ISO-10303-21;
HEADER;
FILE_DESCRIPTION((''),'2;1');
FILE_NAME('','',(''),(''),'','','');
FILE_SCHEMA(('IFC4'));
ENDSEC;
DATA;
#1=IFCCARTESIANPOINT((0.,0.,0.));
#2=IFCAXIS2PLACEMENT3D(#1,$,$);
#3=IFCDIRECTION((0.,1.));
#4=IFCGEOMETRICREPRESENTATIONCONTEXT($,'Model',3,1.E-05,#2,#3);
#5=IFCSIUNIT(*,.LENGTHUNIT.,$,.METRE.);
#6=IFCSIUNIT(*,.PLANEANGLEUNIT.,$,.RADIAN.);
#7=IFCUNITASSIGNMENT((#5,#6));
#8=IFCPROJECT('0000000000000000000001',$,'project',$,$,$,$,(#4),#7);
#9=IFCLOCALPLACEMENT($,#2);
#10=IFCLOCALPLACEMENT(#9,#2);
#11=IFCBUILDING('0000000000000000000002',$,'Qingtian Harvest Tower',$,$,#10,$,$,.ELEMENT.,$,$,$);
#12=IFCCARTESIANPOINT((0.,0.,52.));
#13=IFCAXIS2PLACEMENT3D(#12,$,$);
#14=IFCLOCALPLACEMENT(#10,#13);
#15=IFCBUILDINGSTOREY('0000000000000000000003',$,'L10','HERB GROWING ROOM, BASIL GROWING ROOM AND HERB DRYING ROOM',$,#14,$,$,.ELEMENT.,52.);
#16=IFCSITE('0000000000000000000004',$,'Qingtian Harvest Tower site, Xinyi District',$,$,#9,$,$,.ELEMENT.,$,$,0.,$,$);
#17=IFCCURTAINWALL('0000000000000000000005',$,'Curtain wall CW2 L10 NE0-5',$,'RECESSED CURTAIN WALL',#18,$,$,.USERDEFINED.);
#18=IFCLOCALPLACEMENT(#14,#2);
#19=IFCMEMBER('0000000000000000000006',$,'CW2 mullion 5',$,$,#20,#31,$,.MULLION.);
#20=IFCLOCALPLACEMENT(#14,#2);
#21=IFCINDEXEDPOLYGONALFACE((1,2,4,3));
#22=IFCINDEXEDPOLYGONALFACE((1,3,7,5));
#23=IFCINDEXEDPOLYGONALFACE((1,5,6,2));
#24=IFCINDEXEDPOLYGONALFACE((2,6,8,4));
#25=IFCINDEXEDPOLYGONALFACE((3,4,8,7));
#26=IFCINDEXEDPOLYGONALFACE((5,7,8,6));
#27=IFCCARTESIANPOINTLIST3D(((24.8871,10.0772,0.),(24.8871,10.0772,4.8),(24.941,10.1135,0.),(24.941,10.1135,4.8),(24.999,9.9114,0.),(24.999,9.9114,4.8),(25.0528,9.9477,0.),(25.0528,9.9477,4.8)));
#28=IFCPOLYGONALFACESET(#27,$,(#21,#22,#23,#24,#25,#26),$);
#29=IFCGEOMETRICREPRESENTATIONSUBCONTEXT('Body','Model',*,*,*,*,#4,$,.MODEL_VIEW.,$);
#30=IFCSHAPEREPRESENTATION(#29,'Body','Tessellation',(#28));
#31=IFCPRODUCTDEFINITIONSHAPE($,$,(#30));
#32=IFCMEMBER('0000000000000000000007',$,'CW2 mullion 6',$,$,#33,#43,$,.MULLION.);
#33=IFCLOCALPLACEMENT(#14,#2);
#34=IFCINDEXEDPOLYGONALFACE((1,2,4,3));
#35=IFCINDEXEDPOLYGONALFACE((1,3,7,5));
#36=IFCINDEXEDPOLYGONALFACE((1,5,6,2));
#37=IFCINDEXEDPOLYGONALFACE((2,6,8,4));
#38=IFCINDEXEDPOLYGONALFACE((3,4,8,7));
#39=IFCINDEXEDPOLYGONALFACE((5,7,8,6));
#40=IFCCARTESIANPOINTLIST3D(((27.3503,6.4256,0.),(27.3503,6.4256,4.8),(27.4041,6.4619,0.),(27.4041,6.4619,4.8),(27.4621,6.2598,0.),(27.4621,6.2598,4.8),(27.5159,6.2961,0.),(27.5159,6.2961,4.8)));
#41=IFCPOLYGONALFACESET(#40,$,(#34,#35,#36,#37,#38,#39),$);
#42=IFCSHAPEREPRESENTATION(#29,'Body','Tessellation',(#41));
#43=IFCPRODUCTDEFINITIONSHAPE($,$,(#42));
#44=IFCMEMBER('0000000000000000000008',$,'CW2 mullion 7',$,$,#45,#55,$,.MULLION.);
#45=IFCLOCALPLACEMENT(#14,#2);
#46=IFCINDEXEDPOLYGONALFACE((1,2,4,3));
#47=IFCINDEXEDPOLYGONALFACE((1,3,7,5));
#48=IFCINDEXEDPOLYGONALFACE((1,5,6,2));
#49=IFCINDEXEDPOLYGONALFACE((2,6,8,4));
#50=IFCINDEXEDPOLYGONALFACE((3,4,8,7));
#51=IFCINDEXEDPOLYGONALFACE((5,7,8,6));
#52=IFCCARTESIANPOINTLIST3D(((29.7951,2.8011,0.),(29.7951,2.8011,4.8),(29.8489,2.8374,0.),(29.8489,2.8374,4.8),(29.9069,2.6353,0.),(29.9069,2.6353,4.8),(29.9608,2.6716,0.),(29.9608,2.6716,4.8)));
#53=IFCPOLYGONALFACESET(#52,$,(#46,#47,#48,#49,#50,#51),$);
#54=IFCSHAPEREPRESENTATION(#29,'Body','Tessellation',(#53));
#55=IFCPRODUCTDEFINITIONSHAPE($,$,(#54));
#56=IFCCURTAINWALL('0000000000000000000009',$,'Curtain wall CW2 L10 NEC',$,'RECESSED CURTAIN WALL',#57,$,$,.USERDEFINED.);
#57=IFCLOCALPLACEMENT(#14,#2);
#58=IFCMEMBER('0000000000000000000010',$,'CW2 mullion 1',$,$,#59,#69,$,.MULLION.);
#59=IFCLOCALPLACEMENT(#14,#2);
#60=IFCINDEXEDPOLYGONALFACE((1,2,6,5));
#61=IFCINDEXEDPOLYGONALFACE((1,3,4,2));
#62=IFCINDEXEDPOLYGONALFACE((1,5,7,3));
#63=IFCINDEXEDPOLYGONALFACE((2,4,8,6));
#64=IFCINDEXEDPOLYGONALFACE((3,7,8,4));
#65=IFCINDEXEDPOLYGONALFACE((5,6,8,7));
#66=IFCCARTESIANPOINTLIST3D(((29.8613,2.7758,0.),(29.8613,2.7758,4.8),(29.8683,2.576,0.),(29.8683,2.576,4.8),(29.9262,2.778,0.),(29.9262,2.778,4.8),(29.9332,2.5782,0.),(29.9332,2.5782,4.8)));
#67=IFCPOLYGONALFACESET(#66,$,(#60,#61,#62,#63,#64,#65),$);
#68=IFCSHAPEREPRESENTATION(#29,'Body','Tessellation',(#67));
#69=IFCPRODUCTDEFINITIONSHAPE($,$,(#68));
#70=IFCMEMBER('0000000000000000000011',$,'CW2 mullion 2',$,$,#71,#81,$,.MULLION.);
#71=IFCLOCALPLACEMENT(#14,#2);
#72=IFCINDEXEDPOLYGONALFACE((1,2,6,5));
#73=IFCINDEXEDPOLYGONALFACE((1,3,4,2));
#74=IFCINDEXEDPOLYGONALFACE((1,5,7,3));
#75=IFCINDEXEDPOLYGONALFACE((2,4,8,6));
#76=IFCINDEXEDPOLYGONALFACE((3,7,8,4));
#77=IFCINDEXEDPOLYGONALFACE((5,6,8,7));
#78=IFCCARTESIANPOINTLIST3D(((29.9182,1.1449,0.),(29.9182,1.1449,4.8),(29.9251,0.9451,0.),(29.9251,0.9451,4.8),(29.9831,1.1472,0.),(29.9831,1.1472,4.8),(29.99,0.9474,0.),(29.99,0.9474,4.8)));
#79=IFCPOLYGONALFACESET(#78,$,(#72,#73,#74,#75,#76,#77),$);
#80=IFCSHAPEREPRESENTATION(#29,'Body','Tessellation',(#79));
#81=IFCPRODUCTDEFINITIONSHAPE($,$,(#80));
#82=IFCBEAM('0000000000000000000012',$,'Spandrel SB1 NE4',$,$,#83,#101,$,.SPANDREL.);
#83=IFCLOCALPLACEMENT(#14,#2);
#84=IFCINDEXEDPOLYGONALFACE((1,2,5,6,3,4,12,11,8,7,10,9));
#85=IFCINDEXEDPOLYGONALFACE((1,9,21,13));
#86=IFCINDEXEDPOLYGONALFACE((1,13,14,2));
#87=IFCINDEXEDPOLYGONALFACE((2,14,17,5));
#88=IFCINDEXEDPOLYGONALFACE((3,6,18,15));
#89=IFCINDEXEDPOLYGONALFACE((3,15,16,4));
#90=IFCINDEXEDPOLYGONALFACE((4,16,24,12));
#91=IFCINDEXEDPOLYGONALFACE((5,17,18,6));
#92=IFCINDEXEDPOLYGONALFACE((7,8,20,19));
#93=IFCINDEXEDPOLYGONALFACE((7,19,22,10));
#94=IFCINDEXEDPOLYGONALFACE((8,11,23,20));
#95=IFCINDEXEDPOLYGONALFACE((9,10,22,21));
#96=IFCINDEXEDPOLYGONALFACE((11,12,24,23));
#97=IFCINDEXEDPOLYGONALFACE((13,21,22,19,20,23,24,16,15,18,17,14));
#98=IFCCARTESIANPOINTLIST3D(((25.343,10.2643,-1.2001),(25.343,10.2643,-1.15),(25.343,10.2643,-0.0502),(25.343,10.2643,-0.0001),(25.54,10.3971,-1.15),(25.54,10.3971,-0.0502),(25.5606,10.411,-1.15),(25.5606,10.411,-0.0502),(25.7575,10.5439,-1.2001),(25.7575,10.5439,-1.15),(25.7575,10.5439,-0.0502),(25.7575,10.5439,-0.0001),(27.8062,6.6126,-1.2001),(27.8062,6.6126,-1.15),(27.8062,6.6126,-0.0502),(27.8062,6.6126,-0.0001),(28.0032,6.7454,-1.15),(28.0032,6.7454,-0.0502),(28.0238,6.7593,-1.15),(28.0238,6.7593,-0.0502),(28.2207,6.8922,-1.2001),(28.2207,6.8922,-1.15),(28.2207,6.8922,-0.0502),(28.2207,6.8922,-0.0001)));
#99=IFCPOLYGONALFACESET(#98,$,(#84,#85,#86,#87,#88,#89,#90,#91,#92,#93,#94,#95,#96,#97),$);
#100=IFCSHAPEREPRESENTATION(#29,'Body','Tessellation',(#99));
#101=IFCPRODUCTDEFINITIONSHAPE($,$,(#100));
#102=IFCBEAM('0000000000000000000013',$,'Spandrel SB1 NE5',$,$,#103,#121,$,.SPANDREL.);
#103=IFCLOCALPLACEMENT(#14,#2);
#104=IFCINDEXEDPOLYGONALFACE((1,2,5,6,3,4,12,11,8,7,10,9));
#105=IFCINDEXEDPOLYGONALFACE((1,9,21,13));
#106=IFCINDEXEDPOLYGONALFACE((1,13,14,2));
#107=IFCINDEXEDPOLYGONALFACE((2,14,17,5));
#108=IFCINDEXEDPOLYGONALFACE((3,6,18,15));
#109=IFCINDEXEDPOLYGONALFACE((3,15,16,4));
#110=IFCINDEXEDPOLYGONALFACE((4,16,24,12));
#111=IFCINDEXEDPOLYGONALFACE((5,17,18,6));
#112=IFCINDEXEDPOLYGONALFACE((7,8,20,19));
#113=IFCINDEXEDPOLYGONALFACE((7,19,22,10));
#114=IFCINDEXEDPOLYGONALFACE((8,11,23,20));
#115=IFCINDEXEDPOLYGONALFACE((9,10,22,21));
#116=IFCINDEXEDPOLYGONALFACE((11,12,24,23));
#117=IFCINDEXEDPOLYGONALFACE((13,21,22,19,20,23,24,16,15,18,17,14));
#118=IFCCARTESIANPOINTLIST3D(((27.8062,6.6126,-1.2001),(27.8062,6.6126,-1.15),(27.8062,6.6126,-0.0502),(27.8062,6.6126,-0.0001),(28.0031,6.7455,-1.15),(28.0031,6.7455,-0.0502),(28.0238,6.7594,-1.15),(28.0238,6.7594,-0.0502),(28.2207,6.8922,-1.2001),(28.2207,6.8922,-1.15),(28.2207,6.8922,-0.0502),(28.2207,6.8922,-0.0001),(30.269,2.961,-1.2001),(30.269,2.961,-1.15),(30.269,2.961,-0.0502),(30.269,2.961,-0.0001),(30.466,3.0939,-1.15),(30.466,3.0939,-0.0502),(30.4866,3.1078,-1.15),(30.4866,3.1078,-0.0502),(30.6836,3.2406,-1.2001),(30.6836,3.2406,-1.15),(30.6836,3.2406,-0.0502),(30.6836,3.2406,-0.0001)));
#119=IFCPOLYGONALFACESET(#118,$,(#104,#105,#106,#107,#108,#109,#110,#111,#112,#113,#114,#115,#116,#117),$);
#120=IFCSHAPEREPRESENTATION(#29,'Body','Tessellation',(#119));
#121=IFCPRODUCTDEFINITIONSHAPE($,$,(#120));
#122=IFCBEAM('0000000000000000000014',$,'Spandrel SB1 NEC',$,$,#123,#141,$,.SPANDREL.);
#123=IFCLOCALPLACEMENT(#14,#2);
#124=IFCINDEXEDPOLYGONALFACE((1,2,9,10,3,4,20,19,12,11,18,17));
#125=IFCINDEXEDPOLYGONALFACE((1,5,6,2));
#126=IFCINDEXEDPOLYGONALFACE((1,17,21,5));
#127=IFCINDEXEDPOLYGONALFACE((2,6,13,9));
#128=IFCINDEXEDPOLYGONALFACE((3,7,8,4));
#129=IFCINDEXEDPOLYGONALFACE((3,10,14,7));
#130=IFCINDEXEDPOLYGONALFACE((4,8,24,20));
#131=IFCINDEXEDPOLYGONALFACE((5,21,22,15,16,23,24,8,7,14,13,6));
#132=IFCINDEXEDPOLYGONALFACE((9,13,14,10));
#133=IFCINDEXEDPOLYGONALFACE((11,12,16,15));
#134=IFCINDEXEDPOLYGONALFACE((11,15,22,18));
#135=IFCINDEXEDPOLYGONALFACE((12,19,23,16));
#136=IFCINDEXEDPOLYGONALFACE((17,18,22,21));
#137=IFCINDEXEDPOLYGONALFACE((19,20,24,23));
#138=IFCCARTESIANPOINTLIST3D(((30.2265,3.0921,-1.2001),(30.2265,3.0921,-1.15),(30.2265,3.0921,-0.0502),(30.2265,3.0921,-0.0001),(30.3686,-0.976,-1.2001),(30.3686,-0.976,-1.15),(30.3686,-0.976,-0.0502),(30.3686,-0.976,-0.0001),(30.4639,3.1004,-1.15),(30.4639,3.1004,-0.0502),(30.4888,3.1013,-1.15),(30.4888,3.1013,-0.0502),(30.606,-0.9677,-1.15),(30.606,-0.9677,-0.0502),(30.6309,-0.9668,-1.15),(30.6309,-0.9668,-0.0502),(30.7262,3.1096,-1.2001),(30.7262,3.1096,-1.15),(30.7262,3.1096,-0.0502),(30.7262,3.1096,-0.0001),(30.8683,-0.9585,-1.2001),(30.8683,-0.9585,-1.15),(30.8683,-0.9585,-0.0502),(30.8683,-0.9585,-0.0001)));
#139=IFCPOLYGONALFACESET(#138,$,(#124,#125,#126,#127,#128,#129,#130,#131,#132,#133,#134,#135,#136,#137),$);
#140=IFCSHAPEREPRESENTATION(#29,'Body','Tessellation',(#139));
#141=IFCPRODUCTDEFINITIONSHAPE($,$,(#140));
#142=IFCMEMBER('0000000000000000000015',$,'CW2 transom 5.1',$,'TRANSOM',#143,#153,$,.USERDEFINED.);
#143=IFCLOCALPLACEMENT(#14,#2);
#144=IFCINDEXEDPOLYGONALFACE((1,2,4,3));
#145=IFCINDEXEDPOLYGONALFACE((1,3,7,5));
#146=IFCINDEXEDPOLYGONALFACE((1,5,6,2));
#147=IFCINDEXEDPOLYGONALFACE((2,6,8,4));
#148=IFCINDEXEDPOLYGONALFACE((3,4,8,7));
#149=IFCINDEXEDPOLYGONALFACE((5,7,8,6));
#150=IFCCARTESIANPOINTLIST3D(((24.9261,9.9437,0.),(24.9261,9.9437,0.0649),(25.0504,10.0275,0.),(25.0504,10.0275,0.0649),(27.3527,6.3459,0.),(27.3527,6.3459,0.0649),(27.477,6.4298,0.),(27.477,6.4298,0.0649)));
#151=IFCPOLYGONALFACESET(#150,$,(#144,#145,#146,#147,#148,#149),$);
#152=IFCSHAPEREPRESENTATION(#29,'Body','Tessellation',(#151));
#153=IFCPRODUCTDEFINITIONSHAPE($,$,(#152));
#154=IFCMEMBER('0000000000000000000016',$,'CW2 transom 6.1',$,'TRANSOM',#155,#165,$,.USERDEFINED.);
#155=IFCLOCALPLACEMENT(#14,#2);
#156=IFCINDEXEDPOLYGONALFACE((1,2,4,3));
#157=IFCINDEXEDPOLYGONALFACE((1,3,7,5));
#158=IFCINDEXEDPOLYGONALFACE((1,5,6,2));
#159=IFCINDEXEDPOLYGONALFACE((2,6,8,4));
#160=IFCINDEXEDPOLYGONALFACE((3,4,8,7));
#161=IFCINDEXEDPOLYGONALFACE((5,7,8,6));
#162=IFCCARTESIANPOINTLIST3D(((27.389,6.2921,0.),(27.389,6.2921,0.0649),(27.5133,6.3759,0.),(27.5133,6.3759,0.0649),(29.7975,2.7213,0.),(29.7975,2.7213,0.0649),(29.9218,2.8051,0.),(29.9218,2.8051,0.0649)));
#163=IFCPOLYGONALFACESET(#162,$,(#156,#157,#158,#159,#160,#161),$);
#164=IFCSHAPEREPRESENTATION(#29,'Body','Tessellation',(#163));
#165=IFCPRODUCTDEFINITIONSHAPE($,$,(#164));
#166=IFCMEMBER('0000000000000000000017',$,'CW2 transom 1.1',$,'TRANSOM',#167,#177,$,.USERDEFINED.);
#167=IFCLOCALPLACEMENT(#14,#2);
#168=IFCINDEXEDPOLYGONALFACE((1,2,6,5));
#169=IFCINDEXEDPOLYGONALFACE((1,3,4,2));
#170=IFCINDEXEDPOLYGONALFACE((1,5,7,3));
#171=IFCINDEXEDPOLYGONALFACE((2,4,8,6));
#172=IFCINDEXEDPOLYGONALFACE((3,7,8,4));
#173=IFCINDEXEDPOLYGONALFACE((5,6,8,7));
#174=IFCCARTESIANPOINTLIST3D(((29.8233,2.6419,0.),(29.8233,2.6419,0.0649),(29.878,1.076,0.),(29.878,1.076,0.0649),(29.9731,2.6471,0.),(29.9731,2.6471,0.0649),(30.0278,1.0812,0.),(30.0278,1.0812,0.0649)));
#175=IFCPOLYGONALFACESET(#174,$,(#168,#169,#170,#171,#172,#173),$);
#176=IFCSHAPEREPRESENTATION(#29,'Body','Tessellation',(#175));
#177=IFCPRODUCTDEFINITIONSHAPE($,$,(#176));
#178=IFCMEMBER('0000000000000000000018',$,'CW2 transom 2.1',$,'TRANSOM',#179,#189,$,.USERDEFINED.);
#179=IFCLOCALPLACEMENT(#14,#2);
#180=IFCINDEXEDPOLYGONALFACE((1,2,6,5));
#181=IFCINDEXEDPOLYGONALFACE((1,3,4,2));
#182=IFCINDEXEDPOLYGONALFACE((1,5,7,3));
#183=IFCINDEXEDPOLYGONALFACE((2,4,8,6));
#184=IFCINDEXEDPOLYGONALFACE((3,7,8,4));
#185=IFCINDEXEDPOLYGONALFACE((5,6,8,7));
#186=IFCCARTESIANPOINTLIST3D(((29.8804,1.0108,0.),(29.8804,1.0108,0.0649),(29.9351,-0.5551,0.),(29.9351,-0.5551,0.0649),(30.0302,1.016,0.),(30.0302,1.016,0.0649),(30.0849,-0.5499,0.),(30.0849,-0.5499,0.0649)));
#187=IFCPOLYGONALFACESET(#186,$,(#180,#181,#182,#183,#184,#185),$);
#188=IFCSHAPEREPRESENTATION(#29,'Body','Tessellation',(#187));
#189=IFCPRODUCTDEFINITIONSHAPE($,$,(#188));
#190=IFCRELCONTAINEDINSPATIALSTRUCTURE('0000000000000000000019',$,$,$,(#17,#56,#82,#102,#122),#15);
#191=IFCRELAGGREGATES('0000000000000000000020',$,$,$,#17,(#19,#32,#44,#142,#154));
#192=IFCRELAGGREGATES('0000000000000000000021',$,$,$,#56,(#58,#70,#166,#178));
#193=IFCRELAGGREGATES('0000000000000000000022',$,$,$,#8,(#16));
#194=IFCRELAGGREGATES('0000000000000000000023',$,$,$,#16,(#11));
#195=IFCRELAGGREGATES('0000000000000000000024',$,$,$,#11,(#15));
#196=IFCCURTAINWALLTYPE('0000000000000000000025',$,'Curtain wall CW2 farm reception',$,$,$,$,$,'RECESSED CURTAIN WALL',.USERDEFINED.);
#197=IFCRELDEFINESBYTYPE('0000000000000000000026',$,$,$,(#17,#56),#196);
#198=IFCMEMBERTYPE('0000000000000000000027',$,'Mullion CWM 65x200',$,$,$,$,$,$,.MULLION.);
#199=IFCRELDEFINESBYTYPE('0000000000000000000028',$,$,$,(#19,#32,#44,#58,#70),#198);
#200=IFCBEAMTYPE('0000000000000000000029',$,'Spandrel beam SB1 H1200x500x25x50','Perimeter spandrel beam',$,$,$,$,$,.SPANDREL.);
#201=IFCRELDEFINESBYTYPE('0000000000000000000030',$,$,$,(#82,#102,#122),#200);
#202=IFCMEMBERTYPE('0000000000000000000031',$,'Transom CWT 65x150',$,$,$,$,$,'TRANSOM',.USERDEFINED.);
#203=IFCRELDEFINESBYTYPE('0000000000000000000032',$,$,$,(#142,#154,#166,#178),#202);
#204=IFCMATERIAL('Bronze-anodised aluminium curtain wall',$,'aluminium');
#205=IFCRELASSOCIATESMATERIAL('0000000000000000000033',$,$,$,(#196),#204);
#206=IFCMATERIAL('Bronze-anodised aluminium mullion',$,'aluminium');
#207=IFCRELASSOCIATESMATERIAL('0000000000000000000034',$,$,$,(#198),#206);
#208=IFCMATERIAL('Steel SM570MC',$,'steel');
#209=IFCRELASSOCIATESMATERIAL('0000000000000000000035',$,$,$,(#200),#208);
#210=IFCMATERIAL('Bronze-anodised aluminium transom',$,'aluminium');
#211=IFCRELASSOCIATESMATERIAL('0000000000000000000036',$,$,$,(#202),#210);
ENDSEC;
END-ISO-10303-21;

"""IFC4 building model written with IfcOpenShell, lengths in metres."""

from ifc_helpers import new_model, si_unit, direction, frame, origin, origin_2d, place, context, subcontext, project, spatial, rectangle, i_section, extrude, material, material_profile, profile_set, type_object, element, aggregate, save


model = new_model("IFC4")

# Units and contexts
model_context = context("Model", 3, precision=1e-05, world=origin(), true_north=direction((0.0, 1.0)))
body_context = subcontext(model_context, "Body", "Model", "MODEL_VIEW")
ifc_project = project(units=[si_unit("LENGTHUNIT", "METRE"), si_unit("PLANEANGLEUNIT", "RADIAN")], contexts=[model_context])

# Site, building, storey
site_placement = place(None, origin())
site = spatial("IfcSite", under=ifc_project, at=site_placement, Name="Qingtian Harvest Tower site, Xinyi District", CompositionType="ELEMENT", RefElevation=0.0)
building_placement = place(site_placement, origin())
building = spatial("IfcBuilding", under=site, at=building_placement, Name="Qingtian Harvest Tower", CompositionType="ELEMENT")
storey_placement = place(building_placement, frame((0.0, 0.0, 52.0)))
storey = spatial("IfcBuildingStorey", under=building, at=storey_placement, Name="L10", Description="HERB GROWING ROOM, BASIL GROWING ROOM AND HERB DRYING ROOM", CompositionType="ELEMENT", Elevation=52.0)

# Curtain walls, members
ifc_material_1 = material(Name="Bronze-anodised aluminium curtain wall", Category="aluminium")
curtain_wall_type = type_object("IfcCurtainWallType", Name="Curtain wall CW2 farm reception", ElementType="RECESSED CURTAIN WALL", PredefinedType="USERDEFINED", material=ifc_material_1)
curtain_wall_1_placement = place(storey_placement, origin())
curtain_wall_1 = element("IfcCurtainWall", 1, at=curtain_wall_1_placement, inside=storey, type_object=curtain_wall_type, Name="Curtain wall CW2 L10 NE0-5", ObjectType="RECESSED CURTAIN WALL", PredefinedType="USERDEFINED")
ifc_material_2 = material(Name="Bronze-anodised aluminium mullion", Category="aluminium")
ifc_material_profile_1 = material_profile(ifc_material_2, rectangle(XDim=0.0649, YDim=0.2, at=origin_2d()), Name="AL 65x200")
ifc_profile_set_1 = profile_set([ifc_material_profile_1], Name="Bronze-anodised aluminium mullion")
member_type_1 = type_object("IfcMemberType", Name="Mullion CWM 65x200", PredefinedType="MULLION", material=ifc_profile_set_1)
member_1_placement = place(storey_placement, frame((24.97, 10.0125, 0.0), z_axis=(0.0, 0.0, 1.0), x_axis=(0.829038, 0.559193, 0.0)))
member_1 = element("IfcMember", 2, at=member_1_placement, type_object=member_type_1, Name="CW2 mullion 5", PredefinedType="MULLION", context=body_context, shape_type="SweptSolid", body=[
    extrude(rectangle(XDim=0.0649, YDim=0.2, at=origin_2d()), origin(), (0.0, 0.0, 1.0), 4.8),
])
member_2_placement = place(storey_placement, frame((27.4331, 6.3608, 0.0), z_axis=(0.0, 0.0, 1.0), x_axis=(0.829038, 0.559193, 0.0)))
member_2 = element("IfcMember", 3, at=member_2_placement, type_object=member_type_1, Name="CW2 mullion 6", PredefinedType="MULLION", context=body_context, shape_type="SweptSolid", body=[
    extrude(rectangle(XDim=0.0649, YDim=0.2, at=origin_2d()), origin(), (0.0, 0.0, 1.0), 4.8),
])
member_3_placement = place(storey_placement, frame((29.8779, 2.7363, 0.0), z_axis=(0.0, 0.0, 1.0), x_axis=(0.829038, 0.559193, 0.0)))
member_3 = element("IfcMember", 4, at=member_3_placement, type_object=member_type_1, Name="CW2 mullion 7", PredefinedType="MULLION", context=body_context, shape_type="SweptSolid", body=[
    extrude(rectangle(XDim=0.0649, YDim=0.2, at=origin_2d()), origin(), (0.0, 0.0, 1.0), 4.8),
])
curtain_wall_2_placement = place(storey_placement, origin())
curtain_wall_2 = element("IfcCurtainWall", 5, at=curtain_wall_2_placement, inside=storey, type_object=curtain_wall_type, Name="Curtain wall CW2 L10 NEC", ObjectType="RECESSED CURTAIN WALL", PredefinedType="USERDEFINED")
member_4_placement = place(storey_placement, frame((29.8972, 2.677, 0.0), z_axis=(0.0, 0.0, 1.0), x_axis=(0.999391, 0.034899, 0.0)))
member_4 = element("IfcMember", 6, at=member_4_placement, type_object=member_type_1, Name="CW2 mullion 1", PredefinedType="MULLION", context=body_context, shape_type="SweptSolid", body=[
    extrude(rectangle(XDim=0.0649, YDim=0.2, at=origin_2d()), origin(), (0.0, 0.0, 1.0), 4.8),
])
member_5_placement = place(storey_placement, frame((29.9541, 1.0461, 0.0), z_axis=(0.0, 0.0, 1.0), x_axis=(0.999391, 0.034899, 0.0)))
member_5 = element("IfcMember", 7, at=member_5_placement, type_object=member_type_1, Name="CW2 mullion 2", PredefinedType="MULLION", context=body_context, shape_type="SweptSolid", body=[
    extrude(rectangle(XDim=0.0649, YDim=0.2, at=origin_2d()), origin(), (0.0, 0.0, 1.0), 4.8),
])

# Beams
ifc_material_3 = material(Name="Steel SM570MC", Category="steel")
ifc_material_profile_2 = material_profile(ifc_material_3, i_section(OverallWidth=0.5, OverallDepth=1.2, WebThickness=0.0249, FlangeThickness=0.05, at=origin_2d()), Name="H1200x500x25x50")
ifc_profile_set_2 = profile_set([ifc_material_profile_2], Name="Steel SM570MC")
beam_type_1 = type_object("IfcBeamType", Name="Spandrel beam SB1 H1200x500x25x50", Description="Perimeter spandrel beam", PredefinedType="SPANDREL", material=ifc_profile_set_2)
beam_1_placement = place(storey_placement, frame((25.5503, 10.4041, -0.6001), z_axis=(0.559207, -0.829028, 0.0), x_axis=(0.829028, 0.559207, 0.0)))
element("IfcBeam", 8, at=beam_1_placement, inside=storey, type_object=beam_type_1, Name="Spandrel SB1 NE4", PredefinedType="SPANDREL", context=body_context, shape_type="SweptSolid", body=[
    extrude(i_section(OverallWidth=0.5, OverallDepth=1.2, WebThickness=0.0249, FlangeThickness=0.05, at=origin_2d()), origin(), (0.0, 0.0, 1.0), 4.4048),
])
beam_2_placement = place(storey_placement, frame((28.0134, 6.7524, -0.6001), z_axis=(0.559169, -0.829054, 0.0), x_axis=(0.829054, 0.559169, 0.0)))
element("IfcBeam", 9, at=beam_2_placement, inside=storey, type_object=beam_type_1, Name="Spandrel SB1 NE5", PredefinedType="SPANDREL", context=body_context, shape_type="SweptSolid", body=[
    extrude(i_section(OverallWidth=0.5, OverallDepth=1.2, WebThickness=0.0249, FlangeThickness=0.05, at=origin_2d()), origin(), (0.0, 0.0, 1.0), 4.4045),
])
beam_3_placement = place(storey_placement, frame((30.4763, 3.1008, -0.6001), z_axis=(0.034906, -0.999391, 0.0), x_axis=(0.999391, 0.034906, 0.0)))
element("IfcBeam", 10, at=beam_3_placement, inside=storey, type_object=beam_type_1, Name="Spandrel SB1 NEC", PredefinedType="SPANDREL", context=body_context, shape_type="SweptSolid", body=[
    extrude(i_section(OverallWidth=0.5, OverallDepth=1.2, WebThickness=0.0249, FlangeThickness=0.05, at=origin_2d()), origin(), (0.0, 0.0, 1.0), 4.0706),
])

# Members
ifc_material_4 = material(Name="Bronze-anodised aluminium transom", Category="aluminium")
ifc_material_profile_3 = material_profile(ifc_material_4, rectangle(XDim=0.1499, YDim=0.0649, at=origin_2d()), Name="AL 65x150")
ifc_profile_set_3 = profile_set([ifc_material_profile_3], Name="Bronze-anodised aluminium transom")
member_type_2 = type_object("IfcMemberType", Name="Transom CWT 65x150", ElementType="TRANSOM", PredefinedType="USERDEFINED", material=ifc_profile_set_3)
member_6_placement = place(storey_placement, frame((24.9883, 9.9856, 0.0325), z_axis=(0.559171, -0.829052, 0.0), x_axis=(0.829052, 0.559171, 0.0)))
member_6 = element("IfcMember", 11, at=member_6_placement, type_object=member_type_2, Name="CW2 transom 5.1", ObjectType="TRANSOM", PredefinedType="USERDEFINED", context=body_context, shape_type="SweptSolid", body=[
    extrude(rectangle(XDim=0.1499, YDim=0.0649, at=origin_2d()), origin(), (0.0, 0.0, 1.0), 4.3396),
])
member_7_placement = place(storey_placement, frame((27.4512, 6.334, 0.0325), z_axis=(0.559179, -0.829047, 0.0), x_axis=(0.829047, 0.559179, 0.0)))
member_7 = element("IfcMember", 12, at=member_7_placement, type_object=member_type_2, Name="CW2 transom 6.1", ObjectType="TRANSOM", PredefinedType="USERDEFINED", context=body_context, shape_type="SweptSolid", body=[
    extrude(rectangle(XDim=0.1499, YDim=0.0649, at=origin_2d()), origin(), (0.0, 0.0, 1.0), 4.3071),
])
member_8_placement = place(storey_placement, frame((29.8982, 2.6445, 0.0325), z_axis=(0.034902, -0.999391, 0.0), x_axis=(0.999391, 0.034902, 0.0)))
member_8 = element("IfcMember", 13, at=member_8_placement, type_object=member_type_2, Name="CW2 transom 1.1", ObjectType="TRANSOM", PredefinedType="USERDEFINED", context=body_context, shape_type="SweptSolid", body=[
    extrude(rectangle(XDim=0.1499, YDim=0.0649, at=origin_2d()), origin(), (0.0, 0.0, 1.0), 1.5669),
])
member_9_placement = place(storey_placement, frame((29.9553, 1.0134, 0.0325), z_axis=(0.034902, -0.999391, 0.0), x_axis=(0.999391, 0.034902, 0.0)))
member_9 = element("IfcMember", 14, at=member_9_placement, type_object=member_type_2, Name="CW2 transom 2.1", ObjectType="TRANSOM", PredefinedType="USERDEFINED", context=body_context, shape_type="SweptSolid", body=[
    extrude(rectangle(XDim=0.1499, YDim=0.0649, at=origin_2d()), origin(), (0.0, 0.0, 1.0), 1.5669),
])

aggregate(curtain_wall_1, [member_1, member_2, member_3, member_6, member_7])
aggregate(curtain_wall_2, [member_4, member_5, member_8, member_9])

save(model, "model.ifc")
